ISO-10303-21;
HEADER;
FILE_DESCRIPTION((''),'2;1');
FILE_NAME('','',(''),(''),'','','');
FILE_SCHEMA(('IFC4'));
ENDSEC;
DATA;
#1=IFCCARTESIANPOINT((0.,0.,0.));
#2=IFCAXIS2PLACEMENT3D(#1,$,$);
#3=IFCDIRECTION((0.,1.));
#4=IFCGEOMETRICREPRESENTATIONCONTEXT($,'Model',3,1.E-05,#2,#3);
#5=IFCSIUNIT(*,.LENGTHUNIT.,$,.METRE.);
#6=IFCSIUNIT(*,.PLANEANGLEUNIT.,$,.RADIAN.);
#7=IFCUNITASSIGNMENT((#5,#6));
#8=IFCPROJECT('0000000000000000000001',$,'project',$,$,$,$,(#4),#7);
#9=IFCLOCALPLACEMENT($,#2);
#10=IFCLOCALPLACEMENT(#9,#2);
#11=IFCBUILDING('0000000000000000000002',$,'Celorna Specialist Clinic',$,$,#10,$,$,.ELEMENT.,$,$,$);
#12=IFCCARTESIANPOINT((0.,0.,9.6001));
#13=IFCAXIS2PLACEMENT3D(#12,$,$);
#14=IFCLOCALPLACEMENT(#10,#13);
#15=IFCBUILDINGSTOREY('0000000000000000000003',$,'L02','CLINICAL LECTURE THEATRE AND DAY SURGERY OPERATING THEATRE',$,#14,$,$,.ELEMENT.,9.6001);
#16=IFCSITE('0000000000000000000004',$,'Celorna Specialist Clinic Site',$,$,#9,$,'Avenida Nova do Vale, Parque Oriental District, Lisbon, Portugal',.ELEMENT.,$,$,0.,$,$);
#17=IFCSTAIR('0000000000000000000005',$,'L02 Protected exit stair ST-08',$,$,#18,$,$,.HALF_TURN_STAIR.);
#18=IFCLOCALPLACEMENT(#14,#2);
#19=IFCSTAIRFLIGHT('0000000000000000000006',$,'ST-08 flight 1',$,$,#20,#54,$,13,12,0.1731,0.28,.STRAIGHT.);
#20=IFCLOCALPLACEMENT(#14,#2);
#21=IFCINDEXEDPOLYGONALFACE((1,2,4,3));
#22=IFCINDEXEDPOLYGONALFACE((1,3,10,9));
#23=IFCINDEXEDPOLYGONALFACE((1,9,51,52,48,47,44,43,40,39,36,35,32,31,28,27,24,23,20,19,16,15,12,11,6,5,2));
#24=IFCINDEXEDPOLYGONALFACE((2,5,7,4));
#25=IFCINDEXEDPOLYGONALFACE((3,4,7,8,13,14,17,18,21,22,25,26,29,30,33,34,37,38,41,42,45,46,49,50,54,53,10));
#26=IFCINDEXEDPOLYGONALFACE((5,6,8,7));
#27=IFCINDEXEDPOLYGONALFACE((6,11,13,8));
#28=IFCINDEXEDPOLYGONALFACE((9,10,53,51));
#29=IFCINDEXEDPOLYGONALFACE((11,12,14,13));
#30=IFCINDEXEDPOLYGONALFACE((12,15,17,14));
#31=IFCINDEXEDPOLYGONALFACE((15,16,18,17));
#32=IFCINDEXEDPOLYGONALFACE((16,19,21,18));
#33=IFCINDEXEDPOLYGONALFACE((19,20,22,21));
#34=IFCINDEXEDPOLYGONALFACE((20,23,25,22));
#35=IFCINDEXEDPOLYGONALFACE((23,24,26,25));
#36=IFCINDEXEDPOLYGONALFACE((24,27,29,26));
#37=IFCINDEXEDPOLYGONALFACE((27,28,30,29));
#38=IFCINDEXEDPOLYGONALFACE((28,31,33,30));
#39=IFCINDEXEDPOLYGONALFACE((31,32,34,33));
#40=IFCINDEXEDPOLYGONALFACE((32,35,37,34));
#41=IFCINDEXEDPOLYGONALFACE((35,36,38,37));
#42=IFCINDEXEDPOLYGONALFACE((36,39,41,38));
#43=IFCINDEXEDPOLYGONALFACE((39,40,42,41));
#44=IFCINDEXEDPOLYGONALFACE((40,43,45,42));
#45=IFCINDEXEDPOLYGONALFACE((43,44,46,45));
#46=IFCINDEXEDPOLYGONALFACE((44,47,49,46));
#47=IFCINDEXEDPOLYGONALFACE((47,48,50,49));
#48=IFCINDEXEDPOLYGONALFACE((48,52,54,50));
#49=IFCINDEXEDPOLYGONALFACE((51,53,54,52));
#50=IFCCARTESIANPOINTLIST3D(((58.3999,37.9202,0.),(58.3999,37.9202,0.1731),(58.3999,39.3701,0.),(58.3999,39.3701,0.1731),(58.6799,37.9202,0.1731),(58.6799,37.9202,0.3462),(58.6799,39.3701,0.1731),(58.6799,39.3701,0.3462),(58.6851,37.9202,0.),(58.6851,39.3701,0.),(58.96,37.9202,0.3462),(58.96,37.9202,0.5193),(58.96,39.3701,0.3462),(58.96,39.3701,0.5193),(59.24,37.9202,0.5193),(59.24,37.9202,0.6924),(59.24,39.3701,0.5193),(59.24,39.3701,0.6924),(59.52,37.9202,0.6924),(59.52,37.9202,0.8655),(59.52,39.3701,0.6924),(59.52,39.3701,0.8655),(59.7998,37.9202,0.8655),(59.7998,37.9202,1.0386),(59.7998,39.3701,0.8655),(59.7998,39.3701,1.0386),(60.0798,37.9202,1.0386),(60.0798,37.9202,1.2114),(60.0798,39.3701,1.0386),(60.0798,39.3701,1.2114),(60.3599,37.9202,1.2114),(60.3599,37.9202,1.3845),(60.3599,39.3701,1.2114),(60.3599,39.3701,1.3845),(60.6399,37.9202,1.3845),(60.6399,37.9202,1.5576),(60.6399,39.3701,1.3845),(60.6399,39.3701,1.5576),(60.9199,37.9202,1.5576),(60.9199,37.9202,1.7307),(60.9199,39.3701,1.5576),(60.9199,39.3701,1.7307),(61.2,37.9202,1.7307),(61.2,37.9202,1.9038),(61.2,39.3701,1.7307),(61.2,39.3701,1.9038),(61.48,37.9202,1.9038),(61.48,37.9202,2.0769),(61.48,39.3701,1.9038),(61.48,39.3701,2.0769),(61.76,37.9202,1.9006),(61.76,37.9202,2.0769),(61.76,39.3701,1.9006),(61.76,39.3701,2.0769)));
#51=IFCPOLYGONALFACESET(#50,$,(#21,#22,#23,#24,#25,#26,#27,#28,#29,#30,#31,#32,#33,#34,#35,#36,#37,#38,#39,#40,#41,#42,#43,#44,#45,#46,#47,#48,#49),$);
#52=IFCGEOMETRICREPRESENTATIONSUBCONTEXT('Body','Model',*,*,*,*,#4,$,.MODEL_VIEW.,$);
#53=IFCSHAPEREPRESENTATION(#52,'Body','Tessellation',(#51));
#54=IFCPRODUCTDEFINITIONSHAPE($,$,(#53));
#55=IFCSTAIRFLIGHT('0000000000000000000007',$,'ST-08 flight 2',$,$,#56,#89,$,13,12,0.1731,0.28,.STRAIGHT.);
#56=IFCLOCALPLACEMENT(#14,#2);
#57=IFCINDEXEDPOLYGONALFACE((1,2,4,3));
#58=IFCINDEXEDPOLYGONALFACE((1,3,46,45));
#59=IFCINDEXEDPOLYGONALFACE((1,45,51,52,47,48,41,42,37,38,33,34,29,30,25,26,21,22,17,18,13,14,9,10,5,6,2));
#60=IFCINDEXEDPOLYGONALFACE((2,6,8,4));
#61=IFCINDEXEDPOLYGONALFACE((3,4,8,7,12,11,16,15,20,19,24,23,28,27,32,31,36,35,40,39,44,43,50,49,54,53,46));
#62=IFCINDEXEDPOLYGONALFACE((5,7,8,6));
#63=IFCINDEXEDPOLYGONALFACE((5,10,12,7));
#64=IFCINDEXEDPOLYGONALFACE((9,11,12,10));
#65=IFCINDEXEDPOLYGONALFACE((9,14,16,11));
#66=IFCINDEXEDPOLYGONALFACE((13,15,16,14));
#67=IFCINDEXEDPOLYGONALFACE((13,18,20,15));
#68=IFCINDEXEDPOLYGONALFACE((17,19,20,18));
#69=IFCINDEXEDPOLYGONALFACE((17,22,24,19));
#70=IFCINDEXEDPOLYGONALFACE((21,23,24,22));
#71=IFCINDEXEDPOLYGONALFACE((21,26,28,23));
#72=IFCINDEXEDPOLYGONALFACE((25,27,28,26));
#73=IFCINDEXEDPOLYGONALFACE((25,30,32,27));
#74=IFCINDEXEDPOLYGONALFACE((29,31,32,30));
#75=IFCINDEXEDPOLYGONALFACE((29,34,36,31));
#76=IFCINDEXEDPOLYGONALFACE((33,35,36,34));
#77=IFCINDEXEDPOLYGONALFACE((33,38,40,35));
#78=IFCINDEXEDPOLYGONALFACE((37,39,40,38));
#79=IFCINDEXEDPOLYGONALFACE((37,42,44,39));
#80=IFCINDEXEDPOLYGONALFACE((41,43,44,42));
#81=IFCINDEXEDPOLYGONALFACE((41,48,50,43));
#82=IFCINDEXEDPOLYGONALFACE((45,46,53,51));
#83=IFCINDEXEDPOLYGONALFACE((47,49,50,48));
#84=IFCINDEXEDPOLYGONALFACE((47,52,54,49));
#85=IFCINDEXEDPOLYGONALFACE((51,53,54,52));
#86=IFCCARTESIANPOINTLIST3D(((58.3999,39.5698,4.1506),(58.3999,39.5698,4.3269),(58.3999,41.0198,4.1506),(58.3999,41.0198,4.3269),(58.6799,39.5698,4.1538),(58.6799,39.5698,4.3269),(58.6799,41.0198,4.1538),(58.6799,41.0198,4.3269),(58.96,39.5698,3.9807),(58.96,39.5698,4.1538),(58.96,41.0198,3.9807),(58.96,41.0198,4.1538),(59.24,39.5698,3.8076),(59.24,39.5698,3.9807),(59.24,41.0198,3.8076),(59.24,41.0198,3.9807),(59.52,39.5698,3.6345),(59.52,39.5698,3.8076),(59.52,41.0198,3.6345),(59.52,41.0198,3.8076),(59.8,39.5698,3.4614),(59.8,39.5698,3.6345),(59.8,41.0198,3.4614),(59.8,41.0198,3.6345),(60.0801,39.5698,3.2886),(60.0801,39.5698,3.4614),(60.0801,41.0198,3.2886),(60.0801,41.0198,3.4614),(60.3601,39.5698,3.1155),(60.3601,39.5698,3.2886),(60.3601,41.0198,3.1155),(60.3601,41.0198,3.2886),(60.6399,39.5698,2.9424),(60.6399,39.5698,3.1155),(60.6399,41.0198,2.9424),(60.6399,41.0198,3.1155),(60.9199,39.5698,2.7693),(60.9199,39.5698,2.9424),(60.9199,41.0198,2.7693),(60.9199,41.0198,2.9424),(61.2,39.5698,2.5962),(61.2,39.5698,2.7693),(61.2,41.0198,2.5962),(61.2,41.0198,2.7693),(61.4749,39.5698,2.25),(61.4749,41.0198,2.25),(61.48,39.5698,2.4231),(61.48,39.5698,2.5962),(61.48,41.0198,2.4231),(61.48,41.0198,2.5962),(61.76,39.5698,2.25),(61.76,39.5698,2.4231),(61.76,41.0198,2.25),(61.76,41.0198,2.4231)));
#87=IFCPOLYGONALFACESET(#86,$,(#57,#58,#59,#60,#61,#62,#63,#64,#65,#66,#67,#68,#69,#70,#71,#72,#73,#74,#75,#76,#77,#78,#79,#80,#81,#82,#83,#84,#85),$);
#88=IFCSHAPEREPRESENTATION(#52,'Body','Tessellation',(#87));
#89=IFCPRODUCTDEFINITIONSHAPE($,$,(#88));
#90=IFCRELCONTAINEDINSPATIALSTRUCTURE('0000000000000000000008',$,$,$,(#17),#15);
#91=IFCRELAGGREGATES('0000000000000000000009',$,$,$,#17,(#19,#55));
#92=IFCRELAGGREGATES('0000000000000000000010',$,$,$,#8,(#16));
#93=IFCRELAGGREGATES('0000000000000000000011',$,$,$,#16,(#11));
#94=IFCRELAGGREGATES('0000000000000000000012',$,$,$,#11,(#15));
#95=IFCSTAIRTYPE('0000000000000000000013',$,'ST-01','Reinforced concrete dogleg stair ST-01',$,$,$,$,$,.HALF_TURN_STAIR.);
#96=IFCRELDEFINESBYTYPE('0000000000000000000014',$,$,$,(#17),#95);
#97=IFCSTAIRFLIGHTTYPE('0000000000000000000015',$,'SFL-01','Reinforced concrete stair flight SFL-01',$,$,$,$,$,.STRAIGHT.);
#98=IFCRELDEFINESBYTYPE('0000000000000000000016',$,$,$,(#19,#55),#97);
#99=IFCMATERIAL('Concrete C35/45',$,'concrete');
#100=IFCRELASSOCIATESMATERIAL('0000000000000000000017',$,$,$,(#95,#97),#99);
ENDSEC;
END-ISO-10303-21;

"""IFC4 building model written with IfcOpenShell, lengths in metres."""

from ifc_helpers import new_model, si_unit, direction, frame, origin, place, context, subcontext, project, spatial, polyline, outline, extrude, material, type_object, element, aggregate, save


model = new_model("IFC4")

# Units and contexts
model_context = context("Model", 3, precision=1e-05, world=origin(), true_north=direction((0.0, 1.0)))
body_context = subcontext(model_context, "Body", "Model", "MODEL_VIEW")
ifc_project = project(units=[si_unit("LENGTHUNIT", "METRE"), si_unit("PLANEANGLEUNIT", "RADIAN")], contexts=[model_context])

# Site, building, storey
site_placement = place(None, origin())
site = spatial("IfcSite", under=ifc_project, at=site_placement, Name="Celorna Specialist Clinic Site", LongName="Avenida Nova do Vale, Parque Oriental District, Lisbon, Portugal", CompositionType="ELEMENT", RefElevation=0.0)
building_placement = place(site_placement, origin())
building = spatial("IfcBuilding", under=site, at=building_placement, Name="Celorna Specialist Clinic", CompositionType="ELEMENT")
storey_placement = place(building_placement, frame((0.0, 0.0, 9.6001)))
storey = spatial("IfcBuildingStorey", under=building, at=storey_placement, Name="L02", Description="CLINICAL LECTURE THEATRE AND DAY SURGERY OPERATING THEATRE", CompositionType="ELEMENT", Elevation=9.6001)

# Shared definitions
ifc_material_1 = material(Name="Concrete C35/45", Category="concrete")

# Stair, stair flights
stair_type = type_object("IfcStairType", Name="ST-01", Description="Reinforced concrete dogleg stair ST-01", PredefinedType="HALF_TURN_STAIR", material=ifc_material_1)
stair_placement = place(storey_placement, origin())
stair = element("IfcStair", 1, at=stair_placement, inside=storey, type_object=stair_type, Name="L02 Protected exit stair ST-08", PredefinedType="HALF_TURN_STAIR")
stair_flight_type = type_object("IfcStairFlightType", Name="SFL-01", Description="Reinforced concrete stair flight SFL-01", PredefinedType="STRAIGHT", material=ifc_material_1)
stair_flight_1_placement = place(storey_placement, frame((58.3999, 38.645, 0.0), z_axis=(0.0, 0.0, 1.0), x_axis=(1.0, 0.0, 0.0)))
stair_flight_1 = element("IfcStairFlight", 2, at=stair_flight_1_placement, type_object=stair_flight_type, Name="ST-08 flight 1", NumberOfRisers=13, NumberOfTreads=12, PredefinedType="STRAIGHT", RiserHeight=0.1731, TreadLength=0.28, context=body_context, shape_type="SweptSolid", body=[
    extrude(outline(polyline([(0.0, 0.0), (0.0, 0.1731), (0.28, 0.1731), (0.28, 0.3462), (0.5601, 0.3462), (0.5601, 0.5193), (0.8401, 0.5193), (0.8401, 0.6924), (1.1201, 0.6924), (1.1201, 0.8655), (1.3999, 0.8655), (1.3999, 1.0386), (1.6799, 1.0386), (1.6799, 1.2114), (1.96, 1.2114), (1.96, 1.3845), (2.24, 1.3845), (2.24, 1.5576), (2.52, 1.5576), (2.52, 1.7307), (2.8, 1.7307), (2.8, 1.9038), (3.0801, 1.9038), (3.0801, 2.0769), (3.3601, 2.0769), (3.3601, 2.25), (3.3601, 1.9006), (0.2852, 0.0), (0.0, 0.0)])), frame((0.0, 0.7251, 0.0), z_axis=(0.0, -1.0, 0.0), x_axis=(1.0, 0.0, 0.0)), (0.0, 0.0, 1.0), 1.45),
])
stair_flight_2_placement = place(storey_placement, frame((61.76, 40.2949, 2.25), z_axis=(0.0, 0.0, 1.0), x_axis=(-1.0, 0.0, 0.0)))
stair_flight_2 = element("IfcStairFlight", 3, at=stair_flight_2_placement, type_object=stair_flight_type, Name="ST-08 flight 2", NumberOfRisers=13, NumberOfTreads=12, PredefinedType="STRAIGHT", RiserHeight=0.1731, TreadLength=0.28, context=body_context, shape_type="SweptSolid", body=[
    extrude(outline(polyline([(0.0, 0.0), (0.0, 0.1731), (0.28, 0.1731), (0.28, 0.3462), (0.5601, 0.3462), (0.5601, 0.5193), (0.8401, 0.5193), (0.8401, 0.6924), (1.1201, 0.6924), (1.1201, 0.8655), (1.3999, 0.8655), (1.3999, 1.0386), (1.6799, 1.0386), (1.6799, 1.2114), (1.96, 1.2114), (1.96, 1.3845), (2.24, 1.3845), (2.24, 1.5576), (2.52, 1.5576), (2.52, 1.7307), (2.8, 1.7307), (2.8, 1.9038), (3.0801, 1.9038), (3.0801, 2.0769), (3.3601, 2.0769), (3.3601, 2.25), (3.3601, 1.9006), (0.2852, 0.0), (0.0, 0.0)])), frame((0.0, 0.7251, 0.0), z_axis=(0.0, -1.0, 0.0), x_axis=(1.0, 0.0, 0.0)), (0.0, 0.0, 1.0), 1.45),
])
aggregate(stair, [stair_flight_1, stair_flight_2])

save(model, "model.ifc")
